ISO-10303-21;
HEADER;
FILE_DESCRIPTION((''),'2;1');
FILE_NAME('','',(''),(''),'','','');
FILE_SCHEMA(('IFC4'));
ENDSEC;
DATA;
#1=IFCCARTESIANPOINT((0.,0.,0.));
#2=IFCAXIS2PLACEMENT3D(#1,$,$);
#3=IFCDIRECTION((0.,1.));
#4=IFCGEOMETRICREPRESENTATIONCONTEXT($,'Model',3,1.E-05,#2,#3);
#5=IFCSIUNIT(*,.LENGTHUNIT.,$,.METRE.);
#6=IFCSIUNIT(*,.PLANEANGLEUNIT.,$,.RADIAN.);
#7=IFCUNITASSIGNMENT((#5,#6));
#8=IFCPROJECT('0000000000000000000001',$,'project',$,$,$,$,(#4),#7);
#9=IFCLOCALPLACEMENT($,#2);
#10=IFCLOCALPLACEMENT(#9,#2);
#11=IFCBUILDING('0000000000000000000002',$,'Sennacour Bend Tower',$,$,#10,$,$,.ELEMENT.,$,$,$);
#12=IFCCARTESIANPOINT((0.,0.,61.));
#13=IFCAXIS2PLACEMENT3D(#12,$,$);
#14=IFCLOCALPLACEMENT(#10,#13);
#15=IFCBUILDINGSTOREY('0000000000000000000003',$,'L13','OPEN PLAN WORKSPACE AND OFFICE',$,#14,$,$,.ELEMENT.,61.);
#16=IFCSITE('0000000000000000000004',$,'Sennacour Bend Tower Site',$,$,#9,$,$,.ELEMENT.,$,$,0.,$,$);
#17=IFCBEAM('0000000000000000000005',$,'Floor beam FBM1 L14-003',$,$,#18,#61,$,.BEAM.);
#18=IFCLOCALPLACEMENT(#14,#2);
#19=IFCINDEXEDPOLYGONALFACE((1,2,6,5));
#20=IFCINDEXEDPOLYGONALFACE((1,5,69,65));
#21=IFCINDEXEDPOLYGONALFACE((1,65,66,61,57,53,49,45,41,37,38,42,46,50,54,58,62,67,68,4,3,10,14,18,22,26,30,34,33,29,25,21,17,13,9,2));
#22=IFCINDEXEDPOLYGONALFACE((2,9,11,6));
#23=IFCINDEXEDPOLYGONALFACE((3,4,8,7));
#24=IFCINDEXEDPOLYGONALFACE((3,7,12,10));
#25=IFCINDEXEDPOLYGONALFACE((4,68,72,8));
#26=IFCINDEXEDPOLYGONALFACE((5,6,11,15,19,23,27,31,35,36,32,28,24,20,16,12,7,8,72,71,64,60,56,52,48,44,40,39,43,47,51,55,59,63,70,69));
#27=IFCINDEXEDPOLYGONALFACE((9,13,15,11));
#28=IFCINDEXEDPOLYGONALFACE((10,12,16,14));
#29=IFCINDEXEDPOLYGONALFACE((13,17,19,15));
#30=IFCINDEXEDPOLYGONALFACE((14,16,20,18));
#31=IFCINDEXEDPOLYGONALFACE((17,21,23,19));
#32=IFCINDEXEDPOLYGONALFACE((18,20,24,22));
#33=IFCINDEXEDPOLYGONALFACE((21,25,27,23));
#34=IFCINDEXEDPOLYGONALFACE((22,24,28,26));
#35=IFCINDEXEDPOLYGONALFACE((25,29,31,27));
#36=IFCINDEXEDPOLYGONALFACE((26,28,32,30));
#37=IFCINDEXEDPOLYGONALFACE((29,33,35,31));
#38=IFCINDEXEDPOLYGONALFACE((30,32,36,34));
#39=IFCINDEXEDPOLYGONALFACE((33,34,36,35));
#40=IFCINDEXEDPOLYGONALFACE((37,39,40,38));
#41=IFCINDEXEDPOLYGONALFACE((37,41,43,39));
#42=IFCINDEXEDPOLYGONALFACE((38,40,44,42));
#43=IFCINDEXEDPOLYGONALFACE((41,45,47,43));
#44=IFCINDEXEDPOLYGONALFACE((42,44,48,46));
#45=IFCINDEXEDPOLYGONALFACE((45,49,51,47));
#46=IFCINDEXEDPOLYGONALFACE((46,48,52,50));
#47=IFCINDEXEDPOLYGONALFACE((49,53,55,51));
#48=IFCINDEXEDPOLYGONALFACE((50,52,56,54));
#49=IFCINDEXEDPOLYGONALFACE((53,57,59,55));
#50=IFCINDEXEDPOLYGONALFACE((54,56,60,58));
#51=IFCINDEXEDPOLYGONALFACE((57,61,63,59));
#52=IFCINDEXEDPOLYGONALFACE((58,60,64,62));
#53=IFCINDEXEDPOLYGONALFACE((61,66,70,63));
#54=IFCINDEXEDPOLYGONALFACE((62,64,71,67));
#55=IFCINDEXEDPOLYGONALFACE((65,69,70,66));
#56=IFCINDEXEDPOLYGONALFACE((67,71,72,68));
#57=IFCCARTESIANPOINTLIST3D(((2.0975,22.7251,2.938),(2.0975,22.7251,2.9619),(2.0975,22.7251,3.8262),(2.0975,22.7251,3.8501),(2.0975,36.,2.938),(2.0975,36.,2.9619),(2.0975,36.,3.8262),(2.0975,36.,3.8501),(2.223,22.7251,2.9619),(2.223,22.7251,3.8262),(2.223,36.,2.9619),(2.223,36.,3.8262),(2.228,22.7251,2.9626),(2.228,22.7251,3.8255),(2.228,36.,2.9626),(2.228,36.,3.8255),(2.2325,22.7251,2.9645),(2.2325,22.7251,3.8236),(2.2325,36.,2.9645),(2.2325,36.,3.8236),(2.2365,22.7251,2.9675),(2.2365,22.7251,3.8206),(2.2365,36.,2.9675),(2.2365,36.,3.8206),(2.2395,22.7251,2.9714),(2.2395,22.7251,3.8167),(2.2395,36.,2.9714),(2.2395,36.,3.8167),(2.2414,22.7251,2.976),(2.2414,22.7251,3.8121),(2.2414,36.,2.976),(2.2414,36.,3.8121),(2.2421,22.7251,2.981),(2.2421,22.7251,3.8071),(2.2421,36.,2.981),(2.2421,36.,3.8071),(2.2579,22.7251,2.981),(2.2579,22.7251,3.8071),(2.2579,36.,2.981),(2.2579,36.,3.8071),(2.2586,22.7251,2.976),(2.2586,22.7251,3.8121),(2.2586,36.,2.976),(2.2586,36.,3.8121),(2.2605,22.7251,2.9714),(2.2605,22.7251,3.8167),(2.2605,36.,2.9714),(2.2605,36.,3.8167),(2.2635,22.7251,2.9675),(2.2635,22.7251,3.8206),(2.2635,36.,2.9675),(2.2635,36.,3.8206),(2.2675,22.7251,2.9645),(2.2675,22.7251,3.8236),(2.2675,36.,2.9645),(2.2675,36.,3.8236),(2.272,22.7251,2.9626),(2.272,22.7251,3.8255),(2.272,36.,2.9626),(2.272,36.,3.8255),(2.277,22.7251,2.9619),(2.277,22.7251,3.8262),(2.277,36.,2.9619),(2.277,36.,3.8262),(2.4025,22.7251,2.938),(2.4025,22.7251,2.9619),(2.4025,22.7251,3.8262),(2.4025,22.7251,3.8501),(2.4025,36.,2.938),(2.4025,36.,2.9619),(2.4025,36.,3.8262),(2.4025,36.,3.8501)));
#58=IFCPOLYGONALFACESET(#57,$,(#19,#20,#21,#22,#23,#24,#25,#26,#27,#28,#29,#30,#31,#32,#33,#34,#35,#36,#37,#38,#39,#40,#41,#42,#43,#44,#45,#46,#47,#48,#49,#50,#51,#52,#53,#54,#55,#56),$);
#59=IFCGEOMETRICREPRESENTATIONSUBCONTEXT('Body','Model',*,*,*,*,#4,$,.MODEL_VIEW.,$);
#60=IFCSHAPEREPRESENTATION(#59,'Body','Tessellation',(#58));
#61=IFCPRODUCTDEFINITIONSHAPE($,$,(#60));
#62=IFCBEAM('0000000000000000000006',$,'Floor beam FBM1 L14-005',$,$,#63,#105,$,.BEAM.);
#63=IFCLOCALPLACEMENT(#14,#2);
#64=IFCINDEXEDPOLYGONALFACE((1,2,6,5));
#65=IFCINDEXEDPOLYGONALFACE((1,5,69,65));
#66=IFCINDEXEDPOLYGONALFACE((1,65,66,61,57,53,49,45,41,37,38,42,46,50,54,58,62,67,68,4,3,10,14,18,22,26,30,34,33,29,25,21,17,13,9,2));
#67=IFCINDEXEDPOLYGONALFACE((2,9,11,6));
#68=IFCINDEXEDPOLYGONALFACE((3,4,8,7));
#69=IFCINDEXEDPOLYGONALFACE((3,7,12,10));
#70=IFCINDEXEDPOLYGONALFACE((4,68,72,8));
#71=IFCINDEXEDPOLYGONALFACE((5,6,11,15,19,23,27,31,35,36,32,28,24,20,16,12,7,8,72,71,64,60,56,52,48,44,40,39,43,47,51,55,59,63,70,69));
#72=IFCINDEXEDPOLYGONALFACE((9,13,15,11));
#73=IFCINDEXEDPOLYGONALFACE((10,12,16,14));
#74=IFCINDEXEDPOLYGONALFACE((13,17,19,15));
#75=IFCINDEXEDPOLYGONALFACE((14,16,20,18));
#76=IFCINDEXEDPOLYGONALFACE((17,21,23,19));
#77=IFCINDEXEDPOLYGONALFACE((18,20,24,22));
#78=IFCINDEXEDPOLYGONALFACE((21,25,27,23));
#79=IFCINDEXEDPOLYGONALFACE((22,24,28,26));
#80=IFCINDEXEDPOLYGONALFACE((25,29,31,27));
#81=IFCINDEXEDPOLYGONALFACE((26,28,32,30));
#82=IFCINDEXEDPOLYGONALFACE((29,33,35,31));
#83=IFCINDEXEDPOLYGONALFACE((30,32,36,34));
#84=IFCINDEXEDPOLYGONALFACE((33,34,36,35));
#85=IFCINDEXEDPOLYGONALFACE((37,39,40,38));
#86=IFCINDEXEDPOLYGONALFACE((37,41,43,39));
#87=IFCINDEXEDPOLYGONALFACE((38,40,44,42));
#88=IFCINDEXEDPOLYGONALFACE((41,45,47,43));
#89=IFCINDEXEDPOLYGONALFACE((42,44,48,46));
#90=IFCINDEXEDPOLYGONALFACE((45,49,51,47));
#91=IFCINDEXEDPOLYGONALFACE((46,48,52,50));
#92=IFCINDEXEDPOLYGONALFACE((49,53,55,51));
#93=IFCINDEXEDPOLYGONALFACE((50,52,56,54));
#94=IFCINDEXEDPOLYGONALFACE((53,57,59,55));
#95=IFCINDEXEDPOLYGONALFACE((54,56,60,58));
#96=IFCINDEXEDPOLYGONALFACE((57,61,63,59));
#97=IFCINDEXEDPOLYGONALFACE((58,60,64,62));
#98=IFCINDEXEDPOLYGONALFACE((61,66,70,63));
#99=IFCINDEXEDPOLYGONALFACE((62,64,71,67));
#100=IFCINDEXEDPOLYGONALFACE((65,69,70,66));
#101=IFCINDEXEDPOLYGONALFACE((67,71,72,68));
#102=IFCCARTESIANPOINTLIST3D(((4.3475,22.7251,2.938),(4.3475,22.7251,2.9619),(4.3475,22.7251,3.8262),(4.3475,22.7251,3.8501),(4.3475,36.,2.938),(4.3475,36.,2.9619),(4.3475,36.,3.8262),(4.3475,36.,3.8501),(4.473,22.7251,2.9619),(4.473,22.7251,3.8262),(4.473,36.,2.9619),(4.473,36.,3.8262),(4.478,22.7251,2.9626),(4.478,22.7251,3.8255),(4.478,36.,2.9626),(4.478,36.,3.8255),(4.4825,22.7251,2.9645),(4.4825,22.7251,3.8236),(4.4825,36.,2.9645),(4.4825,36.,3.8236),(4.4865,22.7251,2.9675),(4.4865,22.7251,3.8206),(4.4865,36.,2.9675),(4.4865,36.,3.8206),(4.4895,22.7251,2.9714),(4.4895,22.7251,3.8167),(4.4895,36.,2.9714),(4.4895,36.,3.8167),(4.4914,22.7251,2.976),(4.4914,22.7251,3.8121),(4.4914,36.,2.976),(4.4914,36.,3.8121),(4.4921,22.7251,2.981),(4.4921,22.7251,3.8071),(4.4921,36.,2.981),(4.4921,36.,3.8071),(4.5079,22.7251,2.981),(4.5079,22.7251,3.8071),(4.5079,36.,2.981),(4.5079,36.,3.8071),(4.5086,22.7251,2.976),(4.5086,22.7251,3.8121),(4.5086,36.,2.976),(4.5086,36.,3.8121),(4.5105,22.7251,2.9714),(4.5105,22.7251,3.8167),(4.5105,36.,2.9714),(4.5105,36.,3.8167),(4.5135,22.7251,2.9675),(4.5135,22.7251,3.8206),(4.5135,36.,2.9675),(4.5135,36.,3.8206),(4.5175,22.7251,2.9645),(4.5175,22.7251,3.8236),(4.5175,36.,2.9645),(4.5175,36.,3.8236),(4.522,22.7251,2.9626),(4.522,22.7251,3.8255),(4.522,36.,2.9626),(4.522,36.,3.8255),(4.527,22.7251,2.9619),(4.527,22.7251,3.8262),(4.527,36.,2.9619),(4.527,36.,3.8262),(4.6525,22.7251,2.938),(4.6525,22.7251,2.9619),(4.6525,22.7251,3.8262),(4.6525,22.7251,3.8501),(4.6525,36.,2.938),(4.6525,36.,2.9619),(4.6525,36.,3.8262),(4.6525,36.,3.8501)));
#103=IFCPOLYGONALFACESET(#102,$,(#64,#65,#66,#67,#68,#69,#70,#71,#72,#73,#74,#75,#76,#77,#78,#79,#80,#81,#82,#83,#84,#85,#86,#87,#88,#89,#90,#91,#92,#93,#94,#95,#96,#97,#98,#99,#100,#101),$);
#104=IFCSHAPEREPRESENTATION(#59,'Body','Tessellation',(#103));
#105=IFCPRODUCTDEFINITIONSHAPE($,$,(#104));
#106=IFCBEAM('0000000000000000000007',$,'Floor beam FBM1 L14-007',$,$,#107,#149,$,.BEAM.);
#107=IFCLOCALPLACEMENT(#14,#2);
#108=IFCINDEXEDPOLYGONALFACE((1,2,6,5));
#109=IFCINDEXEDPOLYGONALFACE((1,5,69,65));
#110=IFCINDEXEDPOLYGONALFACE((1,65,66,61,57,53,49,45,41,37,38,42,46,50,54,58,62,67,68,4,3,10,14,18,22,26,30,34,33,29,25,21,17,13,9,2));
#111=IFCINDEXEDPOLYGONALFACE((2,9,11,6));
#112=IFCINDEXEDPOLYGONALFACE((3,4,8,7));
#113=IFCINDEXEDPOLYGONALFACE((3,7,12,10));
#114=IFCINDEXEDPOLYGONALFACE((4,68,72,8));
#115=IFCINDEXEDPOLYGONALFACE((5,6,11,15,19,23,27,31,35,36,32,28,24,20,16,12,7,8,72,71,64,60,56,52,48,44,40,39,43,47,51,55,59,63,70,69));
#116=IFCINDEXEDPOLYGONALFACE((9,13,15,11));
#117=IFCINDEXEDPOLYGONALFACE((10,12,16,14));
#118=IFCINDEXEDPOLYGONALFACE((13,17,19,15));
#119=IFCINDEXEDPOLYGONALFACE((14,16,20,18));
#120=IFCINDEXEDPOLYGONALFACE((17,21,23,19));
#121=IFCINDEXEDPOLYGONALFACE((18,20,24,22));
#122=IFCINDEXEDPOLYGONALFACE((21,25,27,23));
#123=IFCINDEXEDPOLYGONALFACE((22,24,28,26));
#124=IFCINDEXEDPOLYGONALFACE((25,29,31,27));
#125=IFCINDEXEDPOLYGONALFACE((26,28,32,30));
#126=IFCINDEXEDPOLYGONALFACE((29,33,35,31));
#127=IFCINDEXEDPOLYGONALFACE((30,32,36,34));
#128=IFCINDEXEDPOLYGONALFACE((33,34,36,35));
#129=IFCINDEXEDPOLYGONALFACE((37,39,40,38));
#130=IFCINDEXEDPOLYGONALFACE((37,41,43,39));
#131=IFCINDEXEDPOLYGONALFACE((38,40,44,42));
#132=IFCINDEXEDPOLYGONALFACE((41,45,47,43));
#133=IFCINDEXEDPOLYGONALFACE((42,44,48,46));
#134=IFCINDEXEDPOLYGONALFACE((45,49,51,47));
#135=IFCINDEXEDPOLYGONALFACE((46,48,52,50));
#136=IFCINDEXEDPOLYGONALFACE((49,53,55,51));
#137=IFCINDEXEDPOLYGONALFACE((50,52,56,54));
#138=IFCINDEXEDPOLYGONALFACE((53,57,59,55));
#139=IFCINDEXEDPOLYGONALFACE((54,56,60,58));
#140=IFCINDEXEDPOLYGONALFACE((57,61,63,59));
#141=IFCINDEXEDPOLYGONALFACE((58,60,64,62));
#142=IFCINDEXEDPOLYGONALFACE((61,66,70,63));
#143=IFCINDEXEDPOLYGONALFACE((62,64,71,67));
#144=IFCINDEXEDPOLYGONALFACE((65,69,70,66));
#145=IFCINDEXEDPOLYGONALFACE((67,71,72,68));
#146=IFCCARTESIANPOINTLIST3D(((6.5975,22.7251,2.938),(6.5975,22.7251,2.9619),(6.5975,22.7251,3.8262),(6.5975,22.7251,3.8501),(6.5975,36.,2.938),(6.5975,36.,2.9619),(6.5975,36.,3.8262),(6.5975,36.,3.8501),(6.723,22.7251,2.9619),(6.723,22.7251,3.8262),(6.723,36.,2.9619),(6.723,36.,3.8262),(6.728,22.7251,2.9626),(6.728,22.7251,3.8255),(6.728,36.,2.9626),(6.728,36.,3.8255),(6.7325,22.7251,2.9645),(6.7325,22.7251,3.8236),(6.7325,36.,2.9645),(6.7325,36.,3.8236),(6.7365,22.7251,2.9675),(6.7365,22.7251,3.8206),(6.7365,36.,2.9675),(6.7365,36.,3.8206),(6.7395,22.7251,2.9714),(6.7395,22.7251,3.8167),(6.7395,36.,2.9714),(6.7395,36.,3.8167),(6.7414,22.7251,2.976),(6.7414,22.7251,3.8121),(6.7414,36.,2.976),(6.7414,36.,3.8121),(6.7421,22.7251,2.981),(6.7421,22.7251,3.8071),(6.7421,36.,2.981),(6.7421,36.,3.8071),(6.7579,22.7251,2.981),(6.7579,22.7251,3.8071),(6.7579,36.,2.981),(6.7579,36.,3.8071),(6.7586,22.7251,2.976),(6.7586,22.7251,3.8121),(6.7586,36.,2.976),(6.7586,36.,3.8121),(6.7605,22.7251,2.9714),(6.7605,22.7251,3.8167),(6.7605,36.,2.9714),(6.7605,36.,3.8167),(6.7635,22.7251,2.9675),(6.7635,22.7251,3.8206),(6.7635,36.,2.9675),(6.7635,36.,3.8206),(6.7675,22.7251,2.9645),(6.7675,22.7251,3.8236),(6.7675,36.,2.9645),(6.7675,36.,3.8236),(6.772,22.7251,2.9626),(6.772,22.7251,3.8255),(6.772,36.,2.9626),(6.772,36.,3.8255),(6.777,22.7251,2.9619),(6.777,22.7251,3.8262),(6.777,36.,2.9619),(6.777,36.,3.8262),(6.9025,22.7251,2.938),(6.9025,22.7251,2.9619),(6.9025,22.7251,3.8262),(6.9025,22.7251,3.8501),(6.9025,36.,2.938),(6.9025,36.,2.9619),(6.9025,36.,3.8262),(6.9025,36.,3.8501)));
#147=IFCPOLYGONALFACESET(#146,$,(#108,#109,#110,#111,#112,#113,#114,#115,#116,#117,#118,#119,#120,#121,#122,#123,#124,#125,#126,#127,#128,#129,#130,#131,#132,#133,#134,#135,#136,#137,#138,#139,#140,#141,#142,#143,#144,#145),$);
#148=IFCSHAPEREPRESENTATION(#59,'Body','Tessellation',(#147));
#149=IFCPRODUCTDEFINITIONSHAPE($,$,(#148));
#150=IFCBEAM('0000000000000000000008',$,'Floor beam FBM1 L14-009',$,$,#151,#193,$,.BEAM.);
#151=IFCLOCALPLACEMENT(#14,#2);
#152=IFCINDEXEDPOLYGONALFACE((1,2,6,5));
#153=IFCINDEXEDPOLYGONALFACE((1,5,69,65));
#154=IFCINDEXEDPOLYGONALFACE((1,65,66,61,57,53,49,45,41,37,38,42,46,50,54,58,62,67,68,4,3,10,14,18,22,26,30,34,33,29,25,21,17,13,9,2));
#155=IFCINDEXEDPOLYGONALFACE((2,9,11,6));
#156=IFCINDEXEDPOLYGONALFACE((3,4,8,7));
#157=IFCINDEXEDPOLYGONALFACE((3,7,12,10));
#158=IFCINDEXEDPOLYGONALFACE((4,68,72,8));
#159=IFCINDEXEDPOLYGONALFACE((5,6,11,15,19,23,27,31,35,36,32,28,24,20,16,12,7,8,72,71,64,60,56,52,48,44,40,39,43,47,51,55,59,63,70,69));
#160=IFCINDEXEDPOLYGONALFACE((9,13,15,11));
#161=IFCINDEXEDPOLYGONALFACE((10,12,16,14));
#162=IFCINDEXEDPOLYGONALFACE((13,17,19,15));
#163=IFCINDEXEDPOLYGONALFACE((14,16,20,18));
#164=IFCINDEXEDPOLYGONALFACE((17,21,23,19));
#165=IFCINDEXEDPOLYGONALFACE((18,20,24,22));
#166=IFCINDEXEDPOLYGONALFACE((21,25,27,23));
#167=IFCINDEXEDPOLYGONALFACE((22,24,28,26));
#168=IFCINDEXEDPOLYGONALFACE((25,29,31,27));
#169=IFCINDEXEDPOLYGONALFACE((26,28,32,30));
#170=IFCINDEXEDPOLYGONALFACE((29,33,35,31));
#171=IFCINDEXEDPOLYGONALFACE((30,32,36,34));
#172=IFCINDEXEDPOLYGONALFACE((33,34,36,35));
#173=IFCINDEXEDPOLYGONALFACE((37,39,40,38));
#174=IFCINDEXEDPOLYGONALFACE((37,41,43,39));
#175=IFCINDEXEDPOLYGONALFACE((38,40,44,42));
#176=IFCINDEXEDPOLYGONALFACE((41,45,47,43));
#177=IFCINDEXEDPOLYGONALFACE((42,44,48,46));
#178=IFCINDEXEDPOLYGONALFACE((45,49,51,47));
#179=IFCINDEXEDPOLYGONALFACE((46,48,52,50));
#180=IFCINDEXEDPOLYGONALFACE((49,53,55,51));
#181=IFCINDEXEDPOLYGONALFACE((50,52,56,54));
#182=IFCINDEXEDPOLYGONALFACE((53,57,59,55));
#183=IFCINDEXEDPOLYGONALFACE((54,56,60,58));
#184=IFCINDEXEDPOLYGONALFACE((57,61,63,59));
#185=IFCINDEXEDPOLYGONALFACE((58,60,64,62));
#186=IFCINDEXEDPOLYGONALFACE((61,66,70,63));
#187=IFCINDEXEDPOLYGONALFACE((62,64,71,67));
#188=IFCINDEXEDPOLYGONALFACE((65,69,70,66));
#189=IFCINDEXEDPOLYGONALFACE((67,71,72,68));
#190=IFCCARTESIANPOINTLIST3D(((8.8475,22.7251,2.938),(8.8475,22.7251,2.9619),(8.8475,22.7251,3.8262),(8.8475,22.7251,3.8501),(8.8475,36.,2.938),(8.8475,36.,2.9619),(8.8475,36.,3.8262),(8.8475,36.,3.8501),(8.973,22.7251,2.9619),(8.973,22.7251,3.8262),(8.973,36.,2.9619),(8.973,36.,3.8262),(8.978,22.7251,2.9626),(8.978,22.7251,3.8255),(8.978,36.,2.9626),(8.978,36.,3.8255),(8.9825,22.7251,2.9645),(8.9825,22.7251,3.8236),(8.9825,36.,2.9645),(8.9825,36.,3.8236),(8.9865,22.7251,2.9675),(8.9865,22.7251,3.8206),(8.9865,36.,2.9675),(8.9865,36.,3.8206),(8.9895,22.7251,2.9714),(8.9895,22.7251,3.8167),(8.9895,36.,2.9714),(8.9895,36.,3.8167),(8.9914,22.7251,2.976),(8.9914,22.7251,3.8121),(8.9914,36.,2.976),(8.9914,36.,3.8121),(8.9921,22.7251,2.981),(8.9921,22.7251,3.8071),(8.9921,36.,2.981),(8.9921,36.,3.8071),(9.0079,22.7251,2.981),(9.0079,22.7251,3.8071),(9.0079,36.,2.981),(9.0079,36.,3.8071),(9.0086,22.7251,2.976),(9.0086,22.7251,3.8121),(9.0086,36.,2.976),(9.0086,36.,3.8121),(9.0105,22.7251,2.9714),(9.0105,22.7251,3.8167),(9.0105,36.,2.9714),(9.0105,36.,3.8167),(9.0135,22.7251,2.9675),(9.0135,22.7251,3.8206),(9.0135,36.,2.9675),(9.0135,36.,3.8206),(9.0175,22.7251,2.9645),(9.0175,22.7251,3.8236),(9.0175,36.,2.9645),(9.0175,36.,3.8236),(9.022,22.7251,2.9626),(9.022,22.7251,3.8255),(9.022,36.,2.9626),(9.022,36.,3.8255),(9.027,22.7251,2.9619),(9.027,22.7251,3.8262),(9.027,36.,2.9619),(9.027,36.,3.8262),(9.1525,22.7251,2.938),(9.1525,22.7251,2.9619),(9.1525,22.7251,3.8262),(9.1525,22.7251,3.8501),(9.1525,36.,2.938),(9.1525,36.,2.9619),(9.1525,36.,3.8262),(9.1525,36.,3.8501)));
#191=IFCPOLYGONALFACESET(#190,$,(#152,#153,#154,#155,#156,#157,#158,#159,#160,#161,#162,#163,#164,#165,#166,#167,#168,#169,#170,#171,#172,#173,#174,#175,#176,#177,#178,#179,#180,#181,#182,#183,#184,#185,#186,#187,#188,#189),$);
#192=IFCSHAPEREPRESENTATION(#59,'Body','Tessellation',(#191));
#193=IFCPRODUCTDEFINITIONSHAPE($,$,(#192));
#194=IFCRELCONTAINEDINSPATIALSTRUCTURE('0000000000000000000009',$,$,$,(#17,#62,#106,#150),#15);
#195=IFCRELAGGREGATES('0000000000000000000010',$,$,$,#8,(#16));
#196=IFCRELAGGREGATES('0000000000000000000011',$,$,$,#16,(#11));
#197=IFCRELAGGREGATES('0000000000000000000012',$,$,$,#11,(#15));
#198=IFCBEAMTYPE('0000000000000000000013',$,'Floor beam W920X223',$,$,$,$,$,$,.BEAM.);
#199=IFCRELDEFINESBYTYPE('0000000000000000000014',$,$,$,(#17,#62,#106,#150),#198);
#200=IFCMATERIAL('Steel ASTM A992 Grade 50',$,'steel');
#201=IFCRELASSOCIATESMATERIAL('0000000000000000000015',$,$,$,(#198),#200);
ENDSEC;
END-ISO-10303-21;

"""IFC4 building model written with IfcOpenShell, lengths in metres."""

from ifc_helpers import new_model, si_unit, direction, frame, origin, origin_2d, place, context, subcontext, project, spatial, i_section, extrude, material, material_profile, profile_set, type_object, element, save


model = new_model("IFC4")

# Units and contexts
model_context = context("Model", 3, precision=1e-05, world=origin(), true_north=direction((0.0, 1.0)))
body_context = subcontext(model_context, "Body", "Model", "MODEL_VIEW")
ifc_project = project(units=[si_unit("LENGTHUNIT", "METRE"), si_unit("PLANEANGLEUNIT", "RADIAN")], contexts=[model_context])

# Site, building, storey
site_placement = place(None, origin())
site = spatial("IfcSite", under=ifc_project, at=site_placement, Name="Sennacour Bend Tower Site", CompositionType="ELEMENT", RefElevation=0.0)
building_placement = place(site_placement, origin())
building = spatial("IfcBuilding", under=site, at=building_placement, Name="Sennacour Bend Tower", CompositionType="ELEMENT")
storey_placement = place(building_placement, frame((0.0, 0.0, 61.0)))
storey = spatial("IfcBuildingStorey", under=building, at=storey_placement, Name="L13", Description="OPEN PLAN WORKSPACE AND OFFICE", CompositionType="ELEMENT", Elevation=61.0)

# Beams
ifc_material_1 = material(Name="Steel ASTM A992 Grade 50", Category="steel")
ifc_material_profile = material_profile(ifc_material_1, i_section(OverallWidth=0.3049, OverallDepth=0.9121, WebThickness=0.0159, FlangeThickness=0.0239, FilletRadius=0.019, at=origin_2d()), Name="Steel ASTM A992 Grade 50", Category="steel")
ifc_profile_set = profile_set([ifc_material_profile], Name="Steel ASTM A992 Grade 50")
beam_type = type_object("IfcBeamType", Name="Floor beam W920X223", PredefinedType="BEAM", material=ifc_profile_set)
for number, where, z_axis, x_axis, name in (
    (1, (2.25, 22.7251, 3.394), (0.0, 1.0, 0.0), (-1.0, 0.0, 0.0), "Floor beam FBM1 L14-003"),
    (2, (4.5, 22.7251, 3.394), (0.0, 1.0, 0.0), (-1.0, 0.0, 0.0), "Floor beam FBM1 L14-005"),
    (3, (6.75, 22.7251, 3.394), (0.0, 1.0, 0.0), (-1.0, 0.0, 0.0), "Floor beam FBM1 L14-007"),
    (4, (9.0, 22.7251, 3.394), (0.0, 1.0, 0.0), (-1.0, 0.0, 0.0), "Floor beam FBM1 L14-009"),
):
    element("IfcBeam", number, at=place(storey_placement, frame(where, z_axis=z_axis, x_axis=x_axis)), inside=storey, type_object=beam_type, Name=name, PredefinedType="BEAM", context=body_context, shape_type="SweptSolid", body=[
        extrude(i_section(OverallWidth=0.3049, OverallDepth=0.9121, WebThickness=0.0159, FlangeThickness=0.0239, FilletRadius=0.019, at=origin_2d()), origin(), (0.0, 0.0, 1.0), 13.2749),
    ])

save(model, "model.ifc")
